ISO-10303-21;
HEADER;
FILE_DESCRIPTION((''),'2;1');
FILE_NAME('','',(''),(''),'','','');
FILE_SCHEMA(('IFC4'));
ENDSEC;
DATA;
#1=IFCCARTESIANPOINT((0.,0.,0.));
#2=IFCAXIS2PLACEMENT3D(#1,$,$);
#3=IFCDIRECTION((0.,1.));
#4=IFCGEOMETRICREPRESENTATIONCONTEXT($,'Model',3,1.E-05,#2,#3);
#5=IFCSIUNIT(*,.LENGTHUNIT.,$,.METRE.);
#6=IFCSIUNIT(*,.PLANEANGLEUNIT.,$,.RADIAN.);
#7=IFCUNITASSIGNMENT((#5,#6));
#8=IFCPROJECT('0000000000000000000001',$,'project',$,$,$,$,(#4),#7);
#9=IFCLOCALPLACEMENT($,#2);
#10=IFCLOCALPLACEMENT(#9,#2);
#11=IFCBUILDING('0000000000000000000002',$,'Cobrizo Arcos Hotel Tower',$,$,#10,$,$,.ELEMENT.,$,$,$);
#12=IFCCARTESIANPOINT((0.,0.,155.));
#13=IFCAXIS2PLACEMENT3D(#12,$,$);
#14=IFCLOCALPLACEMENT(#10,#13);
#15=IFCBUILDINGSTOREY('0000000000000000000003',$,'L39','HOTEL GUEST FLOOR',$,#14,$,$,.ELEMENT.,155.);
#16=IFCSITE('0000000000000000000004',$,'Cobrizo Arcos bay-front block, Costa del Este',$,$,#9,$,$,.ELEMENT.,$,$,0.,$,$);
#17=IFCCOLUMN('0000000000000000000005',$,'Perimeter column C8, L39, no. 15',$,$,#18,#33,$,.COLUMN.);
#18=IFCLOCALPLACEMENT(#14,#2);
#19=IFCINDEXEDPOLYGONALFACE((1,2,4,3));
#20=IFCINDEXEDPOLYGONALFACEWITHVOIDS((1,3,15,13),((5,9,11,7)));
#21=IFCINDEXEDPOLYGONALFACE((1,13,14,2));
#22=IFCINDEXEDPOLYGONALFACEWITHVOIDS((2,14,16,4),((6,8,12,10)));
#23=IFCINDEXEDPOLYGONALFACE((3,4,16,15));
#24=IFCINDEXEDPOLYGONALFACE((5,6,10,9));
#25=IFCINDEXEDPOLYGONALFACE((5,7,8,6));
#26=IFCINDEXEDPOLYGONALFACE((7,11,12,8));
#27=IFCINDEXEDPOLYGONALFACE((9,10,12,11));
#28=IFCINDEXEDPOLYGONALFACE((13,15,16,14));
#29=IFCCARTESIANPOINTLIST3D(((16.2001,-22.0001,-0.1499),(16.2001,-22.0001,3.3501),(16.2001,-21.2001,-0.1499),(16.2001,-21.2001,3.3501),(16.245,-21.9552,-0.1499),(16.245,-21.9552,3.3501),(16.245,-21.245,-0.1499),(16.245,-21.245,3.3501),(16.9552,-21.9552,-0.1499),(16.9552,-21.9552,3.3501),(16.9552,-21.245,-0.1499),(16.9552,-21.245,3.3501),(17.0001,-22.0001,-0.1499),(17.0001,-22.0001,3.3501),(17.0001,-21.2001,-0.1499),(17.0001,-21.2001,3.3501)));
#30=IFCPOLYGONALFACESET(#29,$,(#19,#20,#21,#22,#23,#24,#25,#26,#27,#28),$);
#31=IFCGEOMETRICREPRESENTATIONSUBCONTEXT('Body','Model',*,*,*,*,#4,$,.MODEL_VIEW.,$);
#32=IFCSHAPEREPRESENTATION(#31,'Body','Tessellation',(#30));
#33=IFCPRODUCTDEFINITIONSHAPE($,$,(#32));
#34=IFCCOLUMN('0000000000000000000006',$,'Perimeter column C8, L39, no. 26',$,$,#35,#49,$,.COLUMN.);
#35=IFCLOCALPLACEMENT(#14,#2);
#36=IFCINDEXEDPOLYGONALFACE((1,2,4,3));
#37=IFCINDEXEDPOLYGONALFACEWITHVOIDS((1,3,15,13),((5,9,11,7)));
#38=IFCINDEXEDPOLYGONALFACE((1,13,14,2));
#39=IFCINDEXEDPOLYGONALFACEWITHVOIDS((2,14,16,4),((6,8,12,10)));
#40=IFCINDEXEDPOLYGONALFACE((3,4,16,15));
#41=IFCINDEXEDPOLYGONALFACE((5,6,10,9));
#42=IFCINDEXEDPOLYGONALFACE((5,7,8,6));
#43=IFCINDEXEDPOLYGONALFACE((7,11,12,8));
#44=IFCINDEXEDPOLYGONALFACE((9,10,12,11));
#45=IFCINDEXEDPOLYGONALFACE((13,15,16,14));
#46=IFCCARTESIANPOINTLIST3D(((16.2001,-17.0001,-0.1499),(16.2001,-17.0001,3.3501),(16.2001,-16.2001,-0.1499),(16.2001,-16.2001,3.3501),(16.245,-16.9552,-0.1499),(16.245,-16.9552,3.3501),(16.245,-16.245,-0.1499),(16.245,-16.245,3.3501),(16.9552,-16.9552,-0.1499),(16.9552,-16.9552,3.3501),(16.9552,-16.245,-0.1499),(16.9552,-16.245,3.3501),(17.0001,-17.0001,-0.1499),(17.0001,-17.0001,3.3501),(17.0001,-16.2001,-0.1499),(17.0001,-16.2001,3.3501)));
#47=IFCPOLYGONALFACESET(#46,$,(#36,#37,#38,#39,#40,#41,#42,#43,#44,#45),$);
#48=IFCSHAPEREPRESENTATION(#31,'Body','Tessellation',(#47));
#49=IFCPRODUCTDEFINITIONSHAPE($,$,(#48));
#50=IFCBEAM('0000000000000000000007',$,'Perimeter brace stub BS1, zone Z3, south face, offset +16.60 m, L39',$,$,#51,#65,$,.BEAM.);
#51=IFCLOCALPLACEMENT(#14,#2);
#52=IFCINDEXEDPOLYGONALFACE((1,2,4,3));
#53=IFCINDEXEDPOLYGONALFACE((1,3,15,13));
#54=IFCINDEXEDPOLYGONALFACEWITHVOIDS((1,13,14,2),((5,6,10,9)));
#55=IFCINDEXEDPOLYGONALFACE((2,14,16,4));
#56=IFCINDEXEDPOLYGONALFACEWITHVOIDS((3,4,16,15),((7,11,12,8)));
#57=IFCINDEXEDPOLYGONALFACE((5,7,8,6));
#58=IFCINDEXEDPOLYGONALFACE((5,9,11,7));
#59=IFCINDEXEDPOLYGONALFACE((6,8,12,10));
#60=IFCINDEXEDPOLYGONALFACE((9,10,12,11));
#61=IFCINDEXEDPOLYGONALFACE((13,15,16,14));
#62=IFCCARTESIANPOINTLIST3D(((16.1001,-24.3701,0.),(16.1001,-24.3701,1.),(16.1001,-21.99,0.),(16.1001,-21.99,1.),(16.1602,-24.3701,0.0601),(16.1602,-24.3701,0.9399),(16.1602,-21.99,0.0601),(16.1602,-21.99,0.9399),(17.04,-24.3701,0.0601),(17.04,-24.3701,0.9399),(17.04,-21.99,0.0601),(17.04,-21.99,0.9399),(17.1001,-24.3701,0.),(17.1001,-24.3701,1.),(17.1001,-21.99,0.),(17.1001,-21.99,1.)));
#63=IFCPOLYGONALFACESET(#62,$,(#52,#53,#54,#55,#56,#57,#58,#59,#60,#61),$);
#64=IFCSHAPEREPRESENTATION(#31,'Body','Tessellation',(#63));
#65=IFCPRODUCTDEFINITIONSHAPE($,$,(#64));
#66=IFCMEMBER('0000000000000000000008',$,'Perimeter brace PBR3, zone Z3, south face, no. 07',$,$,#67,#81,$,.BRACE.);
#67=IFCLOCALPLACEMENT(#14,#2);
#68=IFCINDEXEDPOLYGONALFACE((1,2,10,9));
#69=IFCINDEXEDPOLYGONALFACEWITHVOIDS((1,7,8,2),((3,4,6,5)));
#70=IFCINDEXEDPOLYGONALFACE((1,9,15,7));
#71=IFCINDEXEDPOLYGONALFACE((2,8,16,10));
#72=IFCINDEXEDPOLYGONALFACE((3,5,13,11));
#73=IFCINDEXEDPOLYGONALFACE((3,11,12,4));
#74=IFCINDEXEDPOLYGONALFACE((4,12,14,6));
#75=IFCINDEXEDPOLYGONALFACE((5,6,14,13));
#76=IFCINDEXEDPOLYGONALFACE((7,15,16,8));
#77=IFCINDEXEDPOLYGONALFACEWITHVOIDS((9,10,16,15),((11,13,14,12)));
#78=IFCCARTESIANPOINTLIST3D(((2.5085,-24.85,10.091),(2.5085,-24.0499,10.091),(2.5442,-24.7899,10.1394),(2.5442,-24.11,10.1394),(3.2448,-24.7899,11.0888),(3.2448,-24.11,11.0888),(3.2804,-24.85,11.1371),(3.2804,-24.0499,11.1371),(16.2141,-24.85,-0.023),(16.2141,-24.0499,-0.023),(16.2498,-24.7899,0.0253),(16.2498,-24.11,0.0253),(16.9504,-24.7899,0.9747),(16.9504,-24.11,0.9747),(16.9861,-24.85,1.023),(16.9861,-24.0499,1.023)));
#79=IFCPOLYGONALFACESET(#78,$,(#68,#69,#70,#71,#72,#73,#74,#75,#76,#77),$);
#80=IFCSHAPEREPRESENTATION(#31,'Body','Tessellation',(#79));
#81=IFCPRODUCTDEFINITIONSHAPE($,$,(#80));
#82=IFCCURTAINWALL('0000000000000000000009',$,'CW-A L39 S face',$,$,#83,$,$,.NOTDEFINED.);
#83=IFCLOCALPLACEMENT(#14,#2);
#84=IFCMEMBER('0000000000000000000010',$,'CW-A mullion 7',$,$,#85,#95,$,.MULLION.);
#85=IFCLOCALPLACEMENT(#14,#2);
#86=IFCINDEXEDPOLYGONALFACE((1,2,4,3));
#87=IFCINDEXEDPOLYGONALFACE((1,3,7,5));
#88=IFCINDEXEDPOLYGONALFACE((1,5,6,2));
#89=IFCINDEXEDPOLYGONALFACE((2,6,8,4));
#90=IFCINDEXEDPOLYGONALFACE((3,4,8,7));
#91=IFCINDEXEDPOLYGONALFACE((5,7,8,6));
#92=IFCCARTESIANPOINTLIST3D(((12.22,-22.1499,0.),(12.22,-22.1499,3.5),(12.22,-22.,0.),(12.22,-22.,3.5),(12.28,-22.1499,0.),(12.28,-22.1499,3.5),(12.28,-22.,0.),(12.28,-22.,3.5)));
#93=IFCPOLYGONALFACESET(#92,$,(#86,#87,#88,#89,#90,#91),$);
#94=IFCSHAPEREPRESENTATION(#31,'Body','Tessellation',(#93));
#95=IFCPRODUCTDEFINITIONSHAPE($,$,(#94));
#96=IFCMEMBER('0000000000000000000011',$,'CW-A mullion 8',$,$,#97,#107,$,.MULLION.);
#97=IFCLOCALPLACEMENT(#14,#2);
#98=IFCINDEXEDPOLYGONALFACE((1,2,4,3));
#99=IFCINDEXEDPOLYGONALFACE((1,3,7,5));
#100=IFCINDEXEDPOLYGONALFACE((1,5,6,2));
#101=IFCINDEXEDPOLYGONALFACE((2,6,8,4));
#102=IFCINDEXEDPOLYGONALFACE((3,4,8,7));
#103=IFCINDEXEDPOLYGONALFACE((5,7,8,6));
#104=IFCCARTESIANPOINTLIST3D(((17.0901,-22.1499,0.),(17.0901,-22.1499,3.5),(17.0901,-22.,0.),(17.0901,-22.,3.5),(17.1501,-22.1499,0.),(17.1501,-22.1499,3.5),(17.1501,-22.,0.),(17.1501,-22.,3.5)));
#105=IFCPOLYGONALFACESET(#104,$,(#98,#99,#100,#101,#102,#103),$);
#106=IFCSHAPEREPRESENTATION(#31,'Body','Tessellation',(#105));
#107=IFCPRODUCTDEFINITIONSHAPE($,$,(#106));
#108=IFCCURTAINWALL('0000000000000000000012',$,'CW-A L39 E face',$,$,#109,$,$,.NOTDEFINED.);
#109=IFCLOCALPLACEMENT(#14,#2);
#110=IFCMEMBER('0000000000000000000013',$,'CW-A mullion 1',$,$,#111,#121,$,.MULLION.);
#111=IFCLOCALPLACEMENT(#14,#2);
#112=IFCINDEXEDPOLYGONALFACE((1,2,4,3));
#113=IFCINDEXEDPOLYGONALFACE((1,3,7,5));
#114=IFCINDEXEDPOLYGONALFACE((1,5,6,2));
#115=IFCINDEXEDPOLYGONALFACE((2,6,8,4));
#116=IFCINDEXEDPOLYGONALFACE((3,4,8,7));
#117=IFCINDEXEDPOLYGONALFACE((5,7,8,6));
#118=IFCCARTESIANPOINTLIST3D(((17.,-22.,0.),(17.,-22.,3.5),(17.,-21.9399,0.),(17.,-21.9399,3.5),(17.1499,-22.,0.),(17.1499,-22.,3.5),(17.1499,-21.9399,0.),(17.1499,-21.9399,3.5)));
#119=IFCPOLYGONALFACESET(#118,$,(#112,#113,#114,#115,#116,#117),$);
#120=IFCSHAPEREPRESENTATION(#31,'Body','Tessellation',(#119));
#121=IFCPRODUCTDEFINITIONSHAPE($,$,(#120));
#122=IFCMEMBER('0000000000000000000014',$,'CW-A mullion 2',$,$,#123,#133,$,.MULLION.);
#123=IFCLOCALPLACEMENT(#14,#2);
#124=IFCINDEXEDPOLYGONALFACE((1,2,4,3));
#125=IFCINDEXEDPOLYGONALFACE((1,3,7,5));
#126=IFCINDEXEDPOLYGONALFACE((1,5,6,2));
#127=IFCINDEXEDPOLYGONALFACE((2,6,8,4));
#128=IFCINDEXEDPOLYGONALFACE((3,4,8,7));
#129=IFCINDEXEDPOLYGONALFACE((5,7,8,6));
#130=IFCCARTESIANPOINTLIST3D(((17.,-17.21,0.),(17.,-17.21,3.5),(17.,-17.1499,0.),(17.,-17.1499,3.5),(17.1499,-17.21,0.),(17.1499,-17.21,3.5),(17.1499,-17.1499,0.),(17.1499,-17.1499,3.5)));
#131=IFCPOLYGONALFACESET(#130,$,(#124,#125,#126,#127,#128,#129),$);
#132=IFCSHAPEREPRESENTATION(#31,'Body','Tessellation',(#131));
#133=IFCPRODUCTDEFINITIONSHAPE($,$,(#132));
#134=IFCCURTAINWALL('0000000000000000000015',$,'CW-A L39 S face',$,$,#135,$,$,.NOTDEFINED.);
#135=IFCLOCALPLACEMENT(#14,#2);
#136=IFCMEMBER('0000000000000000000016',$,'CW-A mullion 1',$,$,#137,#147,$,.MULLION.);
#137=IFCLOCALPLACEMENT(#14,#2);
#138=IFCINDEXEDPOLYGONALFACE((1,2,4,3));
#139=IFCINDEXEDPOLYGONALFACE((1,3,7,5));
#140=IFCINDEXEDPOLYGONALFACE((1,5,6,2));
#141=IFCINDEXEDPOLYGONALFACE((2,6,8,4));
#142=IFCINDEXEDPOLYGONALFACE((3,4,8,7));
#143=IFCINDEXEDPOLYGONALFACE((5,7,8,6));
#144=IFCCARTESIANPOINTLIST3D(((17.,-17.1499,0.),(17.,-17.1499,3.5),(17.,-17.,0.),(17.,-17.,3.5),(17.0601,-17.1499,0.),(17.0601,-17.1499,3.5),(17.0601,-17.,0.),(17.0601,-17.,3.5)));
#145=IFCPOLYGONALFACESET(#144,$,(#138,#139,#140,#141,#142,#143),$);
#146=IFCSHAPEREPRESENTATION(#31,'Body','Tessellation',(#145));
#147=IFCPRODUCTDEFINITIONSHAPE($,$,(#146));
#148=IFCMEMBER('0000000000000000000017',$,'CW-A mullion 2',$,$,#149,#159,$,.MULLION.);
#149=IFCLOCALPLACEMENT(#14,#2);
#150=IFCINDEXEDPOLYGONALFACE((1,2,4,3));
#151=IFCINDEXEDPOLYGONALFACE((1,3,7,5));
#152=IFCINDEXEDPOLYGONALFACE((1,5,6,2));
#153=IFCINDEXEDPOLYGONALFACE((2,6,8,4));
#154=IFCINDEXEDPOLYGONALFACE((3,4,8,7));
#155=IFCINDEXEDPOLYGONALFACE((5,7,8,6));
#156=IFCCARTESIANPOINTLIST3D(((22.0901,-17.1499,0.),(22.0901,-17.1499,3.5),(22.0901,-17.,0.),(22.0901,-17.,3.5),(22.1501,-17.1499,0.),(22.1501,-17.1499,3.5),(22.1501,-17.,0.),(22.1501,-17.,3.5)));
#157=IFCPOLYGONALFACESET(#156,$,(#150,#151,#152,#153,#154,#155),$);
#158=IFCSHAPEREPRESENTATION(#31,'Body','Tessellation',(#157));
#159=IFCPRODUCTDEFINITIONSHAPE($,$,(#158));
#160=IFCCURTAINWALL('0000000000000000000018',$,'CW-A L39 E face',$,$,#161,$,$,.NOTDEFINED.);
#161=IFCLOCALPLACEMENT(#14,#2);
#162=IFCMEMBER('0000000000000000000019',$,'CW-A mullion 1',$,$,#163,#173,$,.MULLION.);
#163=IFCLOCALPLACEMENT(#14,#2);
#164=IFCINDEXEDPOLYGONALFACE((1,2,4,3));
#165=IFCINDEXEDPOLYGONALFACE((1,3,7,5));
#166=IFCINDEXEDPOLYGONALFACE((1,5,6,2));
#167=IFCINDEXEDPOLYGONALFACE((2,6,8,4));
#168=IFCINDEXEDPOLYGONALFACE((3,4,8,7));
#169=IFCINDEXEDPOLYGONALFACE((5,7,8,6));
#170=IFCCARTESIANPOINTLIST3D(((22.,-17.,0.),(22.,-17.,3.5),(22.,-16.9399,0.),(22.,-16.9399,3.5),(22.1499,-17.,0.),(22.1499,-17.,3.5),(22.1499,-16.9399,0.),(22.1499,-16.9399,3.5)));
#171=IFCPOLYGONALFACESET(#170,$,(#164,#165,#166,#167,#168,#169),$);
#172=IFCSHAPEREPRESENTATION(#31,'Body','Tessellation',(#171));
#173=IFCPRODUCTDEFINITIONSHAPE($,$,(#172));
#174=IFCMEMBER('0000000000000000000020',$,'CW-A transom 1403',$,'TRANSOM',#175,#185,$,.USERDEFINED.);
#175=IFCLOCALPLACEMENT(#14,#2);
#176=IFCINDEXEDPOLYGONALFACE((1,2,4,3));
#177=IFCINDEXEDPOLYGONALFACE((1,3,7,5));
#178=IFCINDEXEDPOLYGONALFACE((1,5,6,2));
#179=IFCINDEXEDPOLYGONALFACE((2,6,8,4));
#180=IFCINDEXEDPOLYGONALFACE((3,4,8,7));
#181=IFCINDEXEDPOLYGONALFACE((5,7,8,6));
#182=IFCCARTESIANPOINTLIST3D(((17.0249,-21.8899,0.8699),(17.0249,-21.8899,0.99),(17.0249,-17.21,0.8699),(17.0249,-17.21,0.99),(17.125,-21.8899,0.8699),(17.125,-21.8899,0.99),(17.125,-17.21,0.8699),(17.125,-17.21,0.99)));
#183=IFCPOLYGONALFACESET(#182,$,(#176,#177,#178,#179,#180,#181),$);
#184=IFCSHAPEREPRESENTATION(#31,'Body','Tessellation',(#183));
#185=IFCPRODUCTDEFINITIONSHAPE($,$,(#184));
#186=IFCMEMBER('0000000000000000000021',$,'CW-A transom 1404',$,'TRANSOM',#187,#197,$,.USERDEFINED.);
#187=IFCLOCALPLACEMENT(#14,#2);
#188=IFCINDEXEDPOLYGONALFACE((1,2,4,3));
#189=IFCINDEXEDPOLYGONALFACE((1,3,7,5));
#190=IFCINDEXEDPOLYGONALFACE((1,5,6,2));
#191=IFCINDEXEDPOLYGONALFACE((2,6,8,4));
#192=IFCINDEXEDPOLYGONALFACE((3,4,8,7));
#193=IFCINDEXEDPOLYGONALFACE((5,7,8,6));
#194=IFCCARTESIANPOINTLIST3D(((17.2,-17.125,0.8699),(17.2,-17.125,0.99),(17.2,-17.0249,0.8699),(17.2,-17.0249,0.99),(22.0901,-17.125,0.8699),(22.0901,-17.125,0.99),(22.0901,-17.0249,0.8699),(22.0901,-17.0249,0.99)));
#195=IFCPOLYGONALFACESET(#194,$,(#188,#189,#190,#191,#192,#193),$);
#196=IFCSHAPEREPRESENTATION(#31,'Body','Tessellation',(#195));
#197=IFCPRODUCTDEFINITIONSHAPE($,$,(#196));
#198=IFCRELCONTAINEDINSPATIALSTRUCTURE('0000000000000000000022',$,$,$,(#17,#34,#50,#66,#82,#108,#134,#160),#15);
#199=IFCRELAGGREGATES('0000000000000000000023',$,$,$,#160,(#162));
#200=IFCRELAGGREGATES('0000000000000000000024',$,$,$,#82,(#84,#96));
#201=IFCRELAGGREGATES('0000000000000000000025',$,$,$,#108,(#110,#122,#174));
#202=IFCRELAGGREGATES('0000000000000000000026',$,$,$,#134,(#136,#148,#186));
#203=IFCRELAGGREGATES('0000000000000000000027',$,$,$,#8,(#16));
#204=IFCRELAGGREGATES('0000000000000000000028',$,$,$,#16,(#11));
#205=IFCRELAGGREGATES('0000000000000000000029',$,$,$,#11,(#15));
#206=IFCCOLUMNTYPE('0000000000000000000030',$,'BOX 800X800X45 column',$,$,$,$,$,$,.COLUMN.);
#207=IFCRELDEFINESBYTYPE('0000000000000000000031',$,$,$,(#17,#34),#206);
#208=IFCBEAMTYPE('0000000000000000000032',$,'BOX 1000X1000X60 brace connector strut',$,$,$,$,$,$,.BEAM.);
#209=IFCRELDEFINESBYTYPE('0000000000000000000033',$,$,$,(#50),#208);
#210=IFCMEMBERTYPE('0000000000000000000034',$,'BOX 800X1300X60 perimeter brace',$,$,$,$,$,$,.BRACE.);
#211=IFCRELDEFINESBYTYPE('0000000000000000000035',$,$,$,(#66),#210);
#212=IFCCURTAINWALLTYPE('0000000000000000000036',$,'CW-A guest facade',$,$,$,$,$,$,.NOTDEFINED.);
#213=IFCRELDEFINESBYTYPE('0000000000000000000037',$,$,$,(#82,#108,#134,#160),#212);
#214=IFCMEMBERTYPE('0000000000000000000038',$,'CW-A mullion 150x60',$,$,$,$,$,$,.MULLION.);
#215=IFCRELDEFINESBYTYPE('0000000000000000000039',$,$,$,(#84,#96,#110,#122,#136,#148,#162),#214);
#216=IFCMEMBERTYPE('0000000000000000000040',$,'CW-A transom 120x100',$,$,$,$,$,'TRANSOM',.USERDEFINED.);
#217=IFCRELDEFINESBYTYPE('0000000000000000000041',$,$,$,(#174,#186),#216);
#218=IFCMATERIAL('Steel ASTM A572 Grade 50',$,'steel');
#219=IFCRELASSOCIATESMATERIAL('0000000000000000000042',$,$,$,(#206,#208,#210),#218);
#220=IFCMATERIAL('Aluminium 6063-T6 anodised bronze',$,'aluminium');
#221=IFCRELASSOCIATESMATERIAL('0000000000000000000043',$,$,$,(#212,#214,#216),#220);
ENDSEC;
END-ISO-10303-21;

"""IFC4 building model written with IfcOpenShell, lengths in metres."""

from ifc_helpers import new_model, si_unit, direction, frame, origin, origin_2d, place, context, subcontext, project, spatial, rectangle, hollow_rectangle, extrude, material, material_profile, profile_set, type_object, element, aggregate, save


model = new_model("IFC4")

# Units and contexts
model_context = context("Model", 3, precision=1e-05, world=origin(), true_north=direction((0.0, 1.0)))
body_context = subcontext(model_context, "Body", "Model", "MODEL_VIEW")
ifc_project = project(units=[si_unit("LENGTHUNIT", "METRE"), si_unit("PLANEANGLEUNIT", "RADIAN")], contexts=[model_context])

# Site, building, storey
site_placement = place(None, origin())
site = spatial("IfcSite", under=ifc_project, at=site_placement, Name="Cobrizo Arcos bay-front block, Costa del Este", CompositionType="ELEMENT", RefElevation=0.0)
building_placement = place(site_placement, origin())
building = spatial("IfcBuilding", under=site, at=building_placement, Name="Cobrizo Arcos Hotel Tower", CompositionType="ELEMENT")
storey_placement = place(building_placement, frame((0.0, 0.0, 155.0)))
storey = spatial("IfcBuildingStorey", under=building, at=storey_placement, Name="L39", Description="HOTEL GUEST FLOOR", CompositionType="ELEMENT", Elevation=155.0)

# Columns
ifc_material_1 = material(Name="Steel ASTM A572 Grade 50", Category="steel")
ifc_material_profile_1 = material_profile(ifc_material_1, hollow_rectangle(XDim=0.8, YDim=0.8, WallThickness=0.0449, at=origin_2d()), Name="BOX 800X800X45")
ifc_profile_set_1 = profile_set([ifc_material_profile_1], Name="Steel ASTM A572 Grade 50")
column_type = type_object("IfcColumnType", Name="BOX 800X800X45 column", PredefinedType="COLUMN", material=ifc_profile_set_1)
for number, where, z_axis, x_axis, name in (
    (1, (16.6001, -21.6001, -0.1499), (0.0, 0.0, 1.0), (1.0, 0.0, 0.0), "Perimeter column C8, L39, no. 15"),
    (2, (16.6001, -16.6001, -0.1499), (0.0, 0.0, 1.0), (1.0, 0.0, 0.0), "Perimeter column C8, L39, no. 26"),
):
    element("IfcColumn", number, at=place(storey_placement, frame(where, z_axis=z_axis, x_axis=x_axis)), inside=storey, type_object=column_type, Name=name, PredefinedType="COLUMN", context=body_context, shape_type="SweptSolid", body=[
        extrude(hollow_rectangle(XDim=0.8, YDim=0.8, WallThickness=0.0449, at=origin_2d()), origin(), (0.0, 0.0, 1.0), 3.5),
    ])

# Beam
ifc_material_profile_2 = material_profile(ifc_material_1, hollow_rectangle(XDim=1.0, YDim=1.0, WallThickness=0.0601, at=origin_2d()), Name="BOX 1000X1000X60")
ifc_profile_set_2 = profile_set([ifc_material_profile_2], Name="Steel ASTM A572 Grade 50")
beam_type_1 = type_object("IfcBeamType", Name="BOX 1000X1000X60 brace connector strut", PredefinedType="BEAM", material=ifc_profile_set_2)
beam_1_placement = place(storey_placement, frame((16.6001, -21.99, 0.5), z_axis=(0.0, -1.0, 0.0), x_axis=(1.0, 0.0, 0.0)))
element("IfcBeam", 3, at=beam_1_placement, inside=storey, type_object=beam_type_1, Name="Perimeter brace stub BS1, zone Z3, south face, offset +16.60 m, L39", PredefinedType="BEAM", context=body_context, shape_type="SweptSolid", body=[
    extrude(hollow_rectangle(XDim=1.0, YDim=1.0, WallThickness=0.0601, at=origin_2d()), origin(), (0.0, 0.0, 1.0), 2.3801),
])

# Member
ifc_material_profile_3 = material_profile(ifc_material_1, hollow_rectangle(XDim=0.8, YDim=1.3, WallThickness=0.0601, at=origin_2d()), Name="BOX 800X1300X60")
ifc_profile_set_3 = profile_set([ifc_material_profile_3], Name="Steel ASTM A572 Grade 50")
member_type_1 = type_object("IfcMemberType", Name="BOX 800X1300X60 perimeter brace", PredefinedType="BRACE", material=ifc_profile_set_3)
member_1_placement = place(storey_placement, frame((16.6001, -24.45, 0.5), z_axis=(-0.80463, 0.0, 0.593776), x_axis=(0.0, -1.0, 0.0)))
element("IfcMember", 4, at=member_1_placement, inside=storey, type_object=member_type_1, Name="Perimeter brace PBR3, zone Z3, south face, no. 07", PredefinedType="BRACE", context=body_context, shape_type="SweptSolid", body=[
    extrude(hollow_rectangle(XDim=0.8, YDim=1.3, WallThickness=0.0601, at=origin_2d()), origin(), (0.0, 0.0, 1.0), 17.0334),
])

# Curtain walls, members
ifc_material_2 = material(Name="Aluminium 6063-T6 anodised bronze", Category="aluminium")
curtain_wall_type = type_object("IfcCurtainWallType", Name="CW-A guest facade", PredefinedType="NOTDEFINED", material=ifc_material_2)
curtain_wall_1_placement = place(storey_placement, origin())
curtain_wall_1 = element("IfcCurtainWall", 5, at=curtain_wall_1_placement, inside=storey, type_object=curtain_wall_type, Name="CW-A L39 S face", PredefinedType="NOTDEFINED")
ifc_material_profile_4 = material_profile(ifc_material_2, rectangle(XDim=0.1499, YDim=0.0601, at=origin_2d()), Name="CW-A mullion 150x60")
ifc_profile_set_4 = profile_set([ifc_material_profile_4], Name="Aluminium 6063-T6 anodised bronze")
member_type_2 = type_object("IfcMemberType", Name="CW-A mullion 150x60", PredefinedType="MULLION", material=ifc_profile_set_4)
member_2_placement = place(storey_placement, frame((12.25, -22.075, 0.0), z_axis=(0.0, 0.0, 1.0), x_axis=(0.0, -1.0, 0.0)))
member_2 = element("IfcMember", 6, at=member_2_placement, type_object=member_type_2, Name="CW-A mullion 7", PredefinedType="MULLION", context=body_context, shape_type="SweptSolid", body=[
    extrude(rectangle(XDim=0.1499, YDim=0.0601, at=origin_2d()), origin(), (0.0, 0.0, 1.0), 3.5),
])
member_3_placement = place(storey_placement, frame((17.1201, -22.075, 0.0), z_axis=(0.0, 0.0, 1.0), x_axis=(0.0, -1.0, 0.0)))
member_3 = element("IfcMember", 7, at=member_3_placement, type_object=member_type_2, Name="CW-A mullion 8", PredefinedType="MULLION", context=body_context, shape_type="SweptSolid", body=[
    extrude(rectangle(XDim=0.1499, YDim=0.0601, at=origin_2d()), origin(), (0.0, 0.0, 1.0), 3.5),
])
curtain_wall_2_placement = place(storey_placement, origin())
curtain_wall_2 = element("IfcCurtainWall", 8, at=curtain_wall_2_placement, inside=storey, type_object=curtain_wall_type, Name="CW-A L39 E face", PredefinedType="NOTDEFINED")
member_4_placement = place(storey_placement, frame((17.075, -21.97, 0.0), z_axis=(0.0, 0.0, 1.0), x_axis=(1.0, 0.0, 0.0)))
member_4 = element("IfcMember", 9, at=member_4_placement, type_object=member_type_2, Name="CW-A mullion 1", PredefinedType="MULLION", context=body_context, shape_type="SweptSolid", body=[
    extrude(rectangle(XDim=0.1499, YDim=0.0601, at=origin_2d()), origin(), (0.0, 0.0, 1.0), 3.5),
])
member_5_placement = place(storey_placement, frame((17.075, -17.1799, 0.0), z_axis=(0.0, 0.0, 1.0), x_axis=(1.0, 0.0, 0.0)))
member_5 = element("IfcMember", 10, at=member_5_placement, type_object=member_type_2, Name="CW-A mullion 2", PredefinedType="MULLION", context=body_context, shape_type="SweptSolid", body=[
    extrude(rectangle(XDim=0.1499, YDim=0.0601, at=origin_2d()), origin(), (0.0, 0.0, 1.0), 3.5),
])
curtain_wall_3_placement = place(storey_placement, origin())
curtain_wall_3 = element("IfcCurtainWall", 11, at=curtain_wall_3_placement, inside=storey, type_object=curtain_wall_type, Name="CW-A L39 S face", PredefinedType="NOTDEFINED")
member_6_placement = place(storey_placement, frame((17.03, -17.075, 0.0), z_axis=(0.0, 0.0, 1.0), x_axis=(0.0, -1.0, 0.0)))
member_6 = element("IfcMember", 12, at=member_6_placement, type_object=member_type_2, Name="CW-A mullion 1", PredefinedType="MULLION", context=body_context, shape_type="SweptSolid", body=[
    extrude(rectangle(XDim=0.1499, YDim=0.0601, at=origin_2d()), origin(), (0.0, 0.0, 1.0), 3.5),
])
member_7_placement = place(storey_placement, frame((22.1201, -17.075, 0.0), z_axis=(0.0, 0.0, 1.0), x_axis=(0.0, -1.0, 0.0)))
member_7 = element("IfcMember", 13, at=member_7_placement, type_object=member_type_2, Name="CW-A mullion 2", PredefinedType="MULLION", context=body_context, shape_type="SweptSolid", body=[
    extrude(rectangle(XDim=0.1499, YDim=0.0601, at=origin_2d()), origin(), (0.0, 0.0, 1.0), 3.5),
])

# Curtain wall, member
curtain_wall_4_placement = place(storey_placement, origin())
curtain_wall_4 = element("IfcCurtainWall", 14, at=curtain_wall_4_placement, inside=storey, type_object=curtain_wall_type, Name="CW-A L39 E face", PredefinedType="NOTDEFINED")
member_8_placement = place(storey_placement, frame((22.075, -16.97, 0.0), z_axis=(0.0, 0.0, 1.0), x_axis=(1.0, 0.0, 0.0)))
member_8 = element("IfcMember", 15, at=member_8_placement, type_object=member_type_2, Name="CW-A mullion 1", PredefinedType="MULLION", context=body_context, shape_type="SweptSolid", body=[
    extrude(rectangle(XDim=0.1499, YDim=0.0601, at=origin_2d()), origin(), (0.0, 0.0, 1.0), 3.5),
])

# Members
ifc_material_profile_5 = material_profile(ifc_material_2, rectangle(XDim=0.1001, YDim=0.1201, at=origin_2d()), Name="CW-A transom 120x100")
ifc_profile_set_5 = profile_set([ifc_material_profile_5], Name="Aluminium 6063-T6 anodised bronze")
member_type_3 = type_object("IfcMemberType", Name="CW-A transom 120x100", ElementType="TRANSOM", PredefinedType="USERDEFINED", material=ifc_profile_set_5)
member_9_placement = place(storey_placement, frame((17.075, -21.8899, 0.9299), z_axis=(0.0, 1.0, 0.0), x_axis=(-1.0, 0.0, 0.0)))
member_9 = element("IfcMember", 16, at=member_9_placement, type_object=member_type_3, Name="CW-A transom 1403", ObjectType="TRANSOM", PredefinedType="USERDEFINED", context=body_context, shape_type="SweptSolid", body=[
    extrude(rectangle(XDim=0.1001, YDim=0.1201, at=origin_2d()), origin(), (0.0, 0.0, 1.0), 4.6799),
])
member_10_placement = place(storey_placement, frame((17.2, -17.075, 0.9299), z_axis=(1.0, 0.0, 0.0), x_axis=(0.0, 1.0, 0.0)))
member_10 = element("IfcMember", 17, at=member_10_placement, type_object=member_type_3, Name="CW-A transom 1404", ObjectType="TRANSOM", PredefinedType="USERDEFINED", context=body_context, shape_type="SweptSolid", body=[
    extrude(rectangle(XDim=0.1001, YDim=0.1201, at=origin_2d()), origin(), (0.0, 0.0, 1.0), 4.8901),
])
aggregate(curtain_wall_4, [member_8])

aggregate(curtain_wall_1, [member_2, member_3])
aggregate(curtain_wall_2, [member_4, member_5, member_9])
aggregate(curtain_wall_3, [member_6, member_7, member_10])

save(model, "model.ifc")
